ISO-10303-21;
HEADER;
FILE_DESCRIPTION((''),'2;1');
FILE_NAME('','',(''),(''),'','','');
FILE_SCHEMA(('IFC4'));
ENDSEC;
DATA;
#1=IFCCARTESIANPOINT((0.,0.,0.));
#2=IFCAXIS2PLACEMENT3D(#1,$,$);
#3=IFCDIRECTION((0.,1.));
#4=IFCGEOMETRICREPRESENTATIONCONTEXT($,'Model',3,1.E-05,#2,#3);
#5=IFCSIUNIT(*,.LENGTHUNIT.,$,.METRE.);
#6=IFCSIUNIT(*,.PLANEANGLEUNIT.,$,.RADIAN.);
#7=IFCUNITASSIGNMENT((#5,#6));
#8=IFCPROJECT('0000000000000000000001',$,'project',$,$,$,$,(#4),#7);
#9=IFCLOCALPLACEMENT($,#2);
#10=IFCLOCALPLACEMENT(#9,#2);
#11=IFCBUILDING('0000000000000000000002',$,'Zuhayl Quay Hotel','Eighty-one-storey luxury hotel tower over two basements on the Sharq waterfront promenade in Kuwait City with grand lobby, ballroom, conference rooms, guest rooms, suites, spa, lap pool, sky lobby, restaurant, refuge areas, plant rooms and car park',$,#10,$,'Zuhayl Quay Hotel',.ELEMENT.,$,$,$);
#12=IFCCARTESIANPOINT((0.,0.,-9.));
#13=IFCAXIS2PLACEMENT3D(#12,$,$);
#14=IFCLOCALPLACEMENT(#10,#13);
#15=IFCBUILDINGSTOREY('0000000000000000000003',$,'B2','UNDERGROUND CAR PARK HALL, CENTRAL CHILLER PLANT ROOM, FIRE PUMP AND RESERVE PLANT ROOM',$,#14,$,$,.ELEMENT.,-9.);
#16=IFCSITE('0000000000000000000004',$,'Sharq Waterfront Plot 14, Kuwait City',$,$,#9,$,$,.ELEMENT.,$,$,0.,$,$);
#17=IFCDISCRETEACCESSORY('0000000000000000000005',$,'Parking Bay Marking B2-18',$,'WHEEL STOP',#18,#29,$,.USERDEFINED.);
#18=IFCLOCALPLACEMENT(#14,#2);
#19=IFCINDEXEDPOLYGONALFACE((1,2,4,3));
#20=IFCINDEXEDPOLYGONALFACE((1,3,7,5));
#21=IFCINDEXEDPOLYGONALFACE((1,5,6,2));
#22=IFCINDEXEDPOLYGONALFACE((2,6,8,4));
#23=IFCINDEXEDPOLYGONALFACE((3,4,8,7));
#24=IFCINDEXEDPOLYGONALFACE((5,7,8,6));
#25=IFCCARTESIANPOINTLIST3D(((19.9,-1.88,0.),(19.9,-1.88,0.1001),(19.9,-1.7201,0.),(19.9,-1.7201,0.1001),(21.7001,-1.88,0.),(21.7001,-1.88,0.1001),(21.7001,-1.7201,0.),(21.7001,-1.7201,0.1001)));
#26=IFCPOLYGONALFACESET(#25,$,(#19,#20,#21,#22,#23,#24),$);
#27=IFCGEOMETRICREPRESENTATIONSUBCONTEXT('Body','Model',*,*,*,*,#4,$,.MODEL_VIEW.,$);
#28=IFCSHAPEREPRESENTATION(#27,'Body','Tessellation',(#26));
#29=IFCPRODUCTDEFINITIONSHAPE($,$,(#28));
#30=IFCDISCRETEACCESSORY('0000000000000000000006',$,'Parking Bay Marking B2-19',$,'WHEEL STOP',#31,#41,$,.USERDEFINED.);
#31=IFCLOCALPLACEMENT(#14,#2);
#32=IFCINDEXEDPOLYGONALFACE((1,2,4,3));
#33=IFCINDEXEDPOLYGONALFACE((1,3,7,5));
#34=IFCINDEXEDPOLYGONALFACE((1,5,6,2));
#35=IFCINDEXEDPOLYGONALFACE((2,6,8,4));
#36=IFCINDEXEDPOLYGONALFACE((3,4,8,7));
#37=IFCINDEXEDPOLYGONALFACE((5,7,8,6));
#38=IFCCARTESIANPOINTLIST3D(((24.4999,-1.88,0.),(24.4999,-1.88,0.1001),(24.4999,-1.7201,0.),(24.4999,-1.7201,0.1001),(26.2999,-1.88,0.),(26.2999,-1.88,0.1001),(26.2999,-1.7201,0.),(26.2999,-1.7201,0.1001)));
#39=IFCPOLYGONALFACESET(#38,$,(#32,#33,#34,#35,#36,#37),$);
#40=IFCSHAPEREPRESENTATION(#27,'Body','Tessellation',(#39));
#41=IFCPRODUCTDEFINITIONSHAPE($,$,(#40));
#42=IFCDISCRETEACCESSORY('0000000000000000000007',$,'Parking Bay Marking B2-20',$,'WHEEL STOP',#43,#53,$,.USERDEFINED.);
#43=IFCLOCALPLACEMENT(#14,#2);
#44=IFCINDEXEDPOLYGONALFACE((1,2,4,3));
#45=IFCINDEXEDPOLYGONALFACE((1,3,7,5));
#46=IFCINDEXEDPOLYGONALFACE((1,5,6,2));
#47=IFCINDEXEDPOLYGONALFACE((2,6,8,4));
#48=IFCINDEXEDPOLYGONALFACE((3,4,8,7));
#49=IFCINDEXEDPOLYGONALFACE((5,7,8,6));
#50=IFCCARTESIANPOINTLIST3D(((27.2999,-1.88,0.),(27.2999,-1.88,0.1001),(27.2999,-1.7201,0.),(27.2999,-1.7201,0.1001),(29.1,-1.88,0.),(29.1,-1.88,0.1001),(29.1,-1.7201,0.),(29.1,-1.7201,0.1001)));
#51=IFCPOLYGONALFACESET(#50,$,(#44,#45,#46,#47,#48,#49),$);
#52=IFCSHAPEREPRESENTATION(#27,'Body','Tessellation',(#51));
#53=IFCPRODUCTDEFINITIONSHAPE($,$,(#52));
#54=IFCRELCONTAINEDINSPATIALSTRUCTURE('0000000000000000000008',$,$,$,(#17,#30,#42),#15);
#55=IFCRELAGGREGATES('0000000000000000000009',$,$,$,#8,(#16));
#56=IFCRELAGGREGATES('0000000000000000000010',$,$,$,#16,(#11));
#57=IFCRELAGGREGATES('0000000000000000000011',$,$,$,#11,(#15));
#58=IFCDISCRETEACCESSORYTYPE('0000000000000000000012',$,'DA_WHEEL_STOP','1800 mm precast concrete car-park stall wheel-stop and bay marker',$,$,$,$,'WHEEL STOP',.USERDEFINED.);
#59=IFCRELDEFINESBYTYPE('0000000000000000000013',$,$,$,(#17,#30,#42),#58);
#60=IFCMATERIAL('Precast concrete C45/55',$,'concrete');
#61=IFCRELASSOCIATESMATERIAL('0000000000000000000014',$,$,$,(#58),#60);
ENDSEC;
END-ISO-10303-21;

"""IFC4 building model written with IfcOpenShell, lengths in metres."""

from ifc_helpers import new_model, si_unit, direction, frame, origin, origin_2d, place, context, subcontext, project, spatial, rectangle, extrude, material, type_object, element, save


model = new_model("IFC4")

# Units and contexts
model_context = context("Model", 3, precision=1e-05, world=origin(), true_north=direction((0.0, 1.0)))
body_context = subcontext(model_context, "Body", "Model", "MODEL_VIEW")
ifc_project = project(units=[si_unit("LENGTHUNIT", "METRE"), si_unit("PLANEANGLEUNIT", "RADIAN")], contexts=[model_context])

# Site, building, storey
site_placement = place(None, origin())
site = spatial("IfcSite", under=ifc_project, at=site_placement, Name="Sharq Waterfront Plot 14, Kuwait City", CompositionType="ELEMENT", RefElevation=0.0)
building_placement = place(site_placement, origin())
building = spatial("IfcBuilding", under=site, at=building_placement, Name="Zuhayl Quay Hotel", Description="Eighty-one-storey luxury hotel tower over two basements on the Sharq waterfront promenade in Kuwait City with grand lobby, ballroom, conference rooms, guest rooms, suites, spa, lap pool, sky lobby, restaurant, refuge areas, plant rooms and car park", LongName="Zuhayl Quay Hotel", CompositionType="ELEMENT")
storey_placement = place(building_placement, frame((0.0, 0.0, -9.0)))
storey = spatial("IfcBuildingStorey", under=building, at=storey_placement, Name="B2", Description="UNDERGROUND CAR PARK HALL, CENTRAL CHILLER PLANT ROOM, FIRE PUMP AND RESERVE PLANT ROOM", CompositionType="ELEMENT", Elevation=-9.0)

# Discrete accessories
ifc_material_1 = material(Name="Precast concrete C45/55", Category="concrete")
discrete_accessory_type = type_object("IfcDiscreteAccessoryType", Name="DA_WHEEL_STOP", Description="1800 mm precast concrete car-park stall wheel-stop and bay marker", ElementType="WHEEL STOP", PredefinedType="USERDEFINED", material=ifc_material_1)
for number, where, z_axis, x_axis, name in (
    (1, (20.8, -1.8, 0.0), (0.0, 0.0, 1.0), (1.0, 0.0, 0.0), "Parking Bay Marking B2-18"),
    (2, (25.3999, -1.8, 0.0), (0.0, 0.0, 1.0), (1.0, 0.0, 0.0), "Parking Bay Marking B2-19"),
    (3, (28.2, -1.8, 0.0), (0.0, 0.0, 1.0), (1.0, 0.0, 0.0), "Parking Bay Marking B2-20"),
):
    element("IfcDiscreteAccessory", number, at=place(storey_placement, frame(where, z_axis=z_axis, x_axis=x_axis)), inside=storey, type_object=discrete_accessory_type, Name=name, ObjectType="WHEEL STOP", PredefinedType="USERDEFINED", context=body_context, shape_type="SweptSolid", body=[
        extrude(rectangle(XDim=1.8, YDim=0.1599, at=origin_2d()), origin(), (0.0, 0.0, 1.0), 0.1001),
    ])

save(model, "model.ifc")
